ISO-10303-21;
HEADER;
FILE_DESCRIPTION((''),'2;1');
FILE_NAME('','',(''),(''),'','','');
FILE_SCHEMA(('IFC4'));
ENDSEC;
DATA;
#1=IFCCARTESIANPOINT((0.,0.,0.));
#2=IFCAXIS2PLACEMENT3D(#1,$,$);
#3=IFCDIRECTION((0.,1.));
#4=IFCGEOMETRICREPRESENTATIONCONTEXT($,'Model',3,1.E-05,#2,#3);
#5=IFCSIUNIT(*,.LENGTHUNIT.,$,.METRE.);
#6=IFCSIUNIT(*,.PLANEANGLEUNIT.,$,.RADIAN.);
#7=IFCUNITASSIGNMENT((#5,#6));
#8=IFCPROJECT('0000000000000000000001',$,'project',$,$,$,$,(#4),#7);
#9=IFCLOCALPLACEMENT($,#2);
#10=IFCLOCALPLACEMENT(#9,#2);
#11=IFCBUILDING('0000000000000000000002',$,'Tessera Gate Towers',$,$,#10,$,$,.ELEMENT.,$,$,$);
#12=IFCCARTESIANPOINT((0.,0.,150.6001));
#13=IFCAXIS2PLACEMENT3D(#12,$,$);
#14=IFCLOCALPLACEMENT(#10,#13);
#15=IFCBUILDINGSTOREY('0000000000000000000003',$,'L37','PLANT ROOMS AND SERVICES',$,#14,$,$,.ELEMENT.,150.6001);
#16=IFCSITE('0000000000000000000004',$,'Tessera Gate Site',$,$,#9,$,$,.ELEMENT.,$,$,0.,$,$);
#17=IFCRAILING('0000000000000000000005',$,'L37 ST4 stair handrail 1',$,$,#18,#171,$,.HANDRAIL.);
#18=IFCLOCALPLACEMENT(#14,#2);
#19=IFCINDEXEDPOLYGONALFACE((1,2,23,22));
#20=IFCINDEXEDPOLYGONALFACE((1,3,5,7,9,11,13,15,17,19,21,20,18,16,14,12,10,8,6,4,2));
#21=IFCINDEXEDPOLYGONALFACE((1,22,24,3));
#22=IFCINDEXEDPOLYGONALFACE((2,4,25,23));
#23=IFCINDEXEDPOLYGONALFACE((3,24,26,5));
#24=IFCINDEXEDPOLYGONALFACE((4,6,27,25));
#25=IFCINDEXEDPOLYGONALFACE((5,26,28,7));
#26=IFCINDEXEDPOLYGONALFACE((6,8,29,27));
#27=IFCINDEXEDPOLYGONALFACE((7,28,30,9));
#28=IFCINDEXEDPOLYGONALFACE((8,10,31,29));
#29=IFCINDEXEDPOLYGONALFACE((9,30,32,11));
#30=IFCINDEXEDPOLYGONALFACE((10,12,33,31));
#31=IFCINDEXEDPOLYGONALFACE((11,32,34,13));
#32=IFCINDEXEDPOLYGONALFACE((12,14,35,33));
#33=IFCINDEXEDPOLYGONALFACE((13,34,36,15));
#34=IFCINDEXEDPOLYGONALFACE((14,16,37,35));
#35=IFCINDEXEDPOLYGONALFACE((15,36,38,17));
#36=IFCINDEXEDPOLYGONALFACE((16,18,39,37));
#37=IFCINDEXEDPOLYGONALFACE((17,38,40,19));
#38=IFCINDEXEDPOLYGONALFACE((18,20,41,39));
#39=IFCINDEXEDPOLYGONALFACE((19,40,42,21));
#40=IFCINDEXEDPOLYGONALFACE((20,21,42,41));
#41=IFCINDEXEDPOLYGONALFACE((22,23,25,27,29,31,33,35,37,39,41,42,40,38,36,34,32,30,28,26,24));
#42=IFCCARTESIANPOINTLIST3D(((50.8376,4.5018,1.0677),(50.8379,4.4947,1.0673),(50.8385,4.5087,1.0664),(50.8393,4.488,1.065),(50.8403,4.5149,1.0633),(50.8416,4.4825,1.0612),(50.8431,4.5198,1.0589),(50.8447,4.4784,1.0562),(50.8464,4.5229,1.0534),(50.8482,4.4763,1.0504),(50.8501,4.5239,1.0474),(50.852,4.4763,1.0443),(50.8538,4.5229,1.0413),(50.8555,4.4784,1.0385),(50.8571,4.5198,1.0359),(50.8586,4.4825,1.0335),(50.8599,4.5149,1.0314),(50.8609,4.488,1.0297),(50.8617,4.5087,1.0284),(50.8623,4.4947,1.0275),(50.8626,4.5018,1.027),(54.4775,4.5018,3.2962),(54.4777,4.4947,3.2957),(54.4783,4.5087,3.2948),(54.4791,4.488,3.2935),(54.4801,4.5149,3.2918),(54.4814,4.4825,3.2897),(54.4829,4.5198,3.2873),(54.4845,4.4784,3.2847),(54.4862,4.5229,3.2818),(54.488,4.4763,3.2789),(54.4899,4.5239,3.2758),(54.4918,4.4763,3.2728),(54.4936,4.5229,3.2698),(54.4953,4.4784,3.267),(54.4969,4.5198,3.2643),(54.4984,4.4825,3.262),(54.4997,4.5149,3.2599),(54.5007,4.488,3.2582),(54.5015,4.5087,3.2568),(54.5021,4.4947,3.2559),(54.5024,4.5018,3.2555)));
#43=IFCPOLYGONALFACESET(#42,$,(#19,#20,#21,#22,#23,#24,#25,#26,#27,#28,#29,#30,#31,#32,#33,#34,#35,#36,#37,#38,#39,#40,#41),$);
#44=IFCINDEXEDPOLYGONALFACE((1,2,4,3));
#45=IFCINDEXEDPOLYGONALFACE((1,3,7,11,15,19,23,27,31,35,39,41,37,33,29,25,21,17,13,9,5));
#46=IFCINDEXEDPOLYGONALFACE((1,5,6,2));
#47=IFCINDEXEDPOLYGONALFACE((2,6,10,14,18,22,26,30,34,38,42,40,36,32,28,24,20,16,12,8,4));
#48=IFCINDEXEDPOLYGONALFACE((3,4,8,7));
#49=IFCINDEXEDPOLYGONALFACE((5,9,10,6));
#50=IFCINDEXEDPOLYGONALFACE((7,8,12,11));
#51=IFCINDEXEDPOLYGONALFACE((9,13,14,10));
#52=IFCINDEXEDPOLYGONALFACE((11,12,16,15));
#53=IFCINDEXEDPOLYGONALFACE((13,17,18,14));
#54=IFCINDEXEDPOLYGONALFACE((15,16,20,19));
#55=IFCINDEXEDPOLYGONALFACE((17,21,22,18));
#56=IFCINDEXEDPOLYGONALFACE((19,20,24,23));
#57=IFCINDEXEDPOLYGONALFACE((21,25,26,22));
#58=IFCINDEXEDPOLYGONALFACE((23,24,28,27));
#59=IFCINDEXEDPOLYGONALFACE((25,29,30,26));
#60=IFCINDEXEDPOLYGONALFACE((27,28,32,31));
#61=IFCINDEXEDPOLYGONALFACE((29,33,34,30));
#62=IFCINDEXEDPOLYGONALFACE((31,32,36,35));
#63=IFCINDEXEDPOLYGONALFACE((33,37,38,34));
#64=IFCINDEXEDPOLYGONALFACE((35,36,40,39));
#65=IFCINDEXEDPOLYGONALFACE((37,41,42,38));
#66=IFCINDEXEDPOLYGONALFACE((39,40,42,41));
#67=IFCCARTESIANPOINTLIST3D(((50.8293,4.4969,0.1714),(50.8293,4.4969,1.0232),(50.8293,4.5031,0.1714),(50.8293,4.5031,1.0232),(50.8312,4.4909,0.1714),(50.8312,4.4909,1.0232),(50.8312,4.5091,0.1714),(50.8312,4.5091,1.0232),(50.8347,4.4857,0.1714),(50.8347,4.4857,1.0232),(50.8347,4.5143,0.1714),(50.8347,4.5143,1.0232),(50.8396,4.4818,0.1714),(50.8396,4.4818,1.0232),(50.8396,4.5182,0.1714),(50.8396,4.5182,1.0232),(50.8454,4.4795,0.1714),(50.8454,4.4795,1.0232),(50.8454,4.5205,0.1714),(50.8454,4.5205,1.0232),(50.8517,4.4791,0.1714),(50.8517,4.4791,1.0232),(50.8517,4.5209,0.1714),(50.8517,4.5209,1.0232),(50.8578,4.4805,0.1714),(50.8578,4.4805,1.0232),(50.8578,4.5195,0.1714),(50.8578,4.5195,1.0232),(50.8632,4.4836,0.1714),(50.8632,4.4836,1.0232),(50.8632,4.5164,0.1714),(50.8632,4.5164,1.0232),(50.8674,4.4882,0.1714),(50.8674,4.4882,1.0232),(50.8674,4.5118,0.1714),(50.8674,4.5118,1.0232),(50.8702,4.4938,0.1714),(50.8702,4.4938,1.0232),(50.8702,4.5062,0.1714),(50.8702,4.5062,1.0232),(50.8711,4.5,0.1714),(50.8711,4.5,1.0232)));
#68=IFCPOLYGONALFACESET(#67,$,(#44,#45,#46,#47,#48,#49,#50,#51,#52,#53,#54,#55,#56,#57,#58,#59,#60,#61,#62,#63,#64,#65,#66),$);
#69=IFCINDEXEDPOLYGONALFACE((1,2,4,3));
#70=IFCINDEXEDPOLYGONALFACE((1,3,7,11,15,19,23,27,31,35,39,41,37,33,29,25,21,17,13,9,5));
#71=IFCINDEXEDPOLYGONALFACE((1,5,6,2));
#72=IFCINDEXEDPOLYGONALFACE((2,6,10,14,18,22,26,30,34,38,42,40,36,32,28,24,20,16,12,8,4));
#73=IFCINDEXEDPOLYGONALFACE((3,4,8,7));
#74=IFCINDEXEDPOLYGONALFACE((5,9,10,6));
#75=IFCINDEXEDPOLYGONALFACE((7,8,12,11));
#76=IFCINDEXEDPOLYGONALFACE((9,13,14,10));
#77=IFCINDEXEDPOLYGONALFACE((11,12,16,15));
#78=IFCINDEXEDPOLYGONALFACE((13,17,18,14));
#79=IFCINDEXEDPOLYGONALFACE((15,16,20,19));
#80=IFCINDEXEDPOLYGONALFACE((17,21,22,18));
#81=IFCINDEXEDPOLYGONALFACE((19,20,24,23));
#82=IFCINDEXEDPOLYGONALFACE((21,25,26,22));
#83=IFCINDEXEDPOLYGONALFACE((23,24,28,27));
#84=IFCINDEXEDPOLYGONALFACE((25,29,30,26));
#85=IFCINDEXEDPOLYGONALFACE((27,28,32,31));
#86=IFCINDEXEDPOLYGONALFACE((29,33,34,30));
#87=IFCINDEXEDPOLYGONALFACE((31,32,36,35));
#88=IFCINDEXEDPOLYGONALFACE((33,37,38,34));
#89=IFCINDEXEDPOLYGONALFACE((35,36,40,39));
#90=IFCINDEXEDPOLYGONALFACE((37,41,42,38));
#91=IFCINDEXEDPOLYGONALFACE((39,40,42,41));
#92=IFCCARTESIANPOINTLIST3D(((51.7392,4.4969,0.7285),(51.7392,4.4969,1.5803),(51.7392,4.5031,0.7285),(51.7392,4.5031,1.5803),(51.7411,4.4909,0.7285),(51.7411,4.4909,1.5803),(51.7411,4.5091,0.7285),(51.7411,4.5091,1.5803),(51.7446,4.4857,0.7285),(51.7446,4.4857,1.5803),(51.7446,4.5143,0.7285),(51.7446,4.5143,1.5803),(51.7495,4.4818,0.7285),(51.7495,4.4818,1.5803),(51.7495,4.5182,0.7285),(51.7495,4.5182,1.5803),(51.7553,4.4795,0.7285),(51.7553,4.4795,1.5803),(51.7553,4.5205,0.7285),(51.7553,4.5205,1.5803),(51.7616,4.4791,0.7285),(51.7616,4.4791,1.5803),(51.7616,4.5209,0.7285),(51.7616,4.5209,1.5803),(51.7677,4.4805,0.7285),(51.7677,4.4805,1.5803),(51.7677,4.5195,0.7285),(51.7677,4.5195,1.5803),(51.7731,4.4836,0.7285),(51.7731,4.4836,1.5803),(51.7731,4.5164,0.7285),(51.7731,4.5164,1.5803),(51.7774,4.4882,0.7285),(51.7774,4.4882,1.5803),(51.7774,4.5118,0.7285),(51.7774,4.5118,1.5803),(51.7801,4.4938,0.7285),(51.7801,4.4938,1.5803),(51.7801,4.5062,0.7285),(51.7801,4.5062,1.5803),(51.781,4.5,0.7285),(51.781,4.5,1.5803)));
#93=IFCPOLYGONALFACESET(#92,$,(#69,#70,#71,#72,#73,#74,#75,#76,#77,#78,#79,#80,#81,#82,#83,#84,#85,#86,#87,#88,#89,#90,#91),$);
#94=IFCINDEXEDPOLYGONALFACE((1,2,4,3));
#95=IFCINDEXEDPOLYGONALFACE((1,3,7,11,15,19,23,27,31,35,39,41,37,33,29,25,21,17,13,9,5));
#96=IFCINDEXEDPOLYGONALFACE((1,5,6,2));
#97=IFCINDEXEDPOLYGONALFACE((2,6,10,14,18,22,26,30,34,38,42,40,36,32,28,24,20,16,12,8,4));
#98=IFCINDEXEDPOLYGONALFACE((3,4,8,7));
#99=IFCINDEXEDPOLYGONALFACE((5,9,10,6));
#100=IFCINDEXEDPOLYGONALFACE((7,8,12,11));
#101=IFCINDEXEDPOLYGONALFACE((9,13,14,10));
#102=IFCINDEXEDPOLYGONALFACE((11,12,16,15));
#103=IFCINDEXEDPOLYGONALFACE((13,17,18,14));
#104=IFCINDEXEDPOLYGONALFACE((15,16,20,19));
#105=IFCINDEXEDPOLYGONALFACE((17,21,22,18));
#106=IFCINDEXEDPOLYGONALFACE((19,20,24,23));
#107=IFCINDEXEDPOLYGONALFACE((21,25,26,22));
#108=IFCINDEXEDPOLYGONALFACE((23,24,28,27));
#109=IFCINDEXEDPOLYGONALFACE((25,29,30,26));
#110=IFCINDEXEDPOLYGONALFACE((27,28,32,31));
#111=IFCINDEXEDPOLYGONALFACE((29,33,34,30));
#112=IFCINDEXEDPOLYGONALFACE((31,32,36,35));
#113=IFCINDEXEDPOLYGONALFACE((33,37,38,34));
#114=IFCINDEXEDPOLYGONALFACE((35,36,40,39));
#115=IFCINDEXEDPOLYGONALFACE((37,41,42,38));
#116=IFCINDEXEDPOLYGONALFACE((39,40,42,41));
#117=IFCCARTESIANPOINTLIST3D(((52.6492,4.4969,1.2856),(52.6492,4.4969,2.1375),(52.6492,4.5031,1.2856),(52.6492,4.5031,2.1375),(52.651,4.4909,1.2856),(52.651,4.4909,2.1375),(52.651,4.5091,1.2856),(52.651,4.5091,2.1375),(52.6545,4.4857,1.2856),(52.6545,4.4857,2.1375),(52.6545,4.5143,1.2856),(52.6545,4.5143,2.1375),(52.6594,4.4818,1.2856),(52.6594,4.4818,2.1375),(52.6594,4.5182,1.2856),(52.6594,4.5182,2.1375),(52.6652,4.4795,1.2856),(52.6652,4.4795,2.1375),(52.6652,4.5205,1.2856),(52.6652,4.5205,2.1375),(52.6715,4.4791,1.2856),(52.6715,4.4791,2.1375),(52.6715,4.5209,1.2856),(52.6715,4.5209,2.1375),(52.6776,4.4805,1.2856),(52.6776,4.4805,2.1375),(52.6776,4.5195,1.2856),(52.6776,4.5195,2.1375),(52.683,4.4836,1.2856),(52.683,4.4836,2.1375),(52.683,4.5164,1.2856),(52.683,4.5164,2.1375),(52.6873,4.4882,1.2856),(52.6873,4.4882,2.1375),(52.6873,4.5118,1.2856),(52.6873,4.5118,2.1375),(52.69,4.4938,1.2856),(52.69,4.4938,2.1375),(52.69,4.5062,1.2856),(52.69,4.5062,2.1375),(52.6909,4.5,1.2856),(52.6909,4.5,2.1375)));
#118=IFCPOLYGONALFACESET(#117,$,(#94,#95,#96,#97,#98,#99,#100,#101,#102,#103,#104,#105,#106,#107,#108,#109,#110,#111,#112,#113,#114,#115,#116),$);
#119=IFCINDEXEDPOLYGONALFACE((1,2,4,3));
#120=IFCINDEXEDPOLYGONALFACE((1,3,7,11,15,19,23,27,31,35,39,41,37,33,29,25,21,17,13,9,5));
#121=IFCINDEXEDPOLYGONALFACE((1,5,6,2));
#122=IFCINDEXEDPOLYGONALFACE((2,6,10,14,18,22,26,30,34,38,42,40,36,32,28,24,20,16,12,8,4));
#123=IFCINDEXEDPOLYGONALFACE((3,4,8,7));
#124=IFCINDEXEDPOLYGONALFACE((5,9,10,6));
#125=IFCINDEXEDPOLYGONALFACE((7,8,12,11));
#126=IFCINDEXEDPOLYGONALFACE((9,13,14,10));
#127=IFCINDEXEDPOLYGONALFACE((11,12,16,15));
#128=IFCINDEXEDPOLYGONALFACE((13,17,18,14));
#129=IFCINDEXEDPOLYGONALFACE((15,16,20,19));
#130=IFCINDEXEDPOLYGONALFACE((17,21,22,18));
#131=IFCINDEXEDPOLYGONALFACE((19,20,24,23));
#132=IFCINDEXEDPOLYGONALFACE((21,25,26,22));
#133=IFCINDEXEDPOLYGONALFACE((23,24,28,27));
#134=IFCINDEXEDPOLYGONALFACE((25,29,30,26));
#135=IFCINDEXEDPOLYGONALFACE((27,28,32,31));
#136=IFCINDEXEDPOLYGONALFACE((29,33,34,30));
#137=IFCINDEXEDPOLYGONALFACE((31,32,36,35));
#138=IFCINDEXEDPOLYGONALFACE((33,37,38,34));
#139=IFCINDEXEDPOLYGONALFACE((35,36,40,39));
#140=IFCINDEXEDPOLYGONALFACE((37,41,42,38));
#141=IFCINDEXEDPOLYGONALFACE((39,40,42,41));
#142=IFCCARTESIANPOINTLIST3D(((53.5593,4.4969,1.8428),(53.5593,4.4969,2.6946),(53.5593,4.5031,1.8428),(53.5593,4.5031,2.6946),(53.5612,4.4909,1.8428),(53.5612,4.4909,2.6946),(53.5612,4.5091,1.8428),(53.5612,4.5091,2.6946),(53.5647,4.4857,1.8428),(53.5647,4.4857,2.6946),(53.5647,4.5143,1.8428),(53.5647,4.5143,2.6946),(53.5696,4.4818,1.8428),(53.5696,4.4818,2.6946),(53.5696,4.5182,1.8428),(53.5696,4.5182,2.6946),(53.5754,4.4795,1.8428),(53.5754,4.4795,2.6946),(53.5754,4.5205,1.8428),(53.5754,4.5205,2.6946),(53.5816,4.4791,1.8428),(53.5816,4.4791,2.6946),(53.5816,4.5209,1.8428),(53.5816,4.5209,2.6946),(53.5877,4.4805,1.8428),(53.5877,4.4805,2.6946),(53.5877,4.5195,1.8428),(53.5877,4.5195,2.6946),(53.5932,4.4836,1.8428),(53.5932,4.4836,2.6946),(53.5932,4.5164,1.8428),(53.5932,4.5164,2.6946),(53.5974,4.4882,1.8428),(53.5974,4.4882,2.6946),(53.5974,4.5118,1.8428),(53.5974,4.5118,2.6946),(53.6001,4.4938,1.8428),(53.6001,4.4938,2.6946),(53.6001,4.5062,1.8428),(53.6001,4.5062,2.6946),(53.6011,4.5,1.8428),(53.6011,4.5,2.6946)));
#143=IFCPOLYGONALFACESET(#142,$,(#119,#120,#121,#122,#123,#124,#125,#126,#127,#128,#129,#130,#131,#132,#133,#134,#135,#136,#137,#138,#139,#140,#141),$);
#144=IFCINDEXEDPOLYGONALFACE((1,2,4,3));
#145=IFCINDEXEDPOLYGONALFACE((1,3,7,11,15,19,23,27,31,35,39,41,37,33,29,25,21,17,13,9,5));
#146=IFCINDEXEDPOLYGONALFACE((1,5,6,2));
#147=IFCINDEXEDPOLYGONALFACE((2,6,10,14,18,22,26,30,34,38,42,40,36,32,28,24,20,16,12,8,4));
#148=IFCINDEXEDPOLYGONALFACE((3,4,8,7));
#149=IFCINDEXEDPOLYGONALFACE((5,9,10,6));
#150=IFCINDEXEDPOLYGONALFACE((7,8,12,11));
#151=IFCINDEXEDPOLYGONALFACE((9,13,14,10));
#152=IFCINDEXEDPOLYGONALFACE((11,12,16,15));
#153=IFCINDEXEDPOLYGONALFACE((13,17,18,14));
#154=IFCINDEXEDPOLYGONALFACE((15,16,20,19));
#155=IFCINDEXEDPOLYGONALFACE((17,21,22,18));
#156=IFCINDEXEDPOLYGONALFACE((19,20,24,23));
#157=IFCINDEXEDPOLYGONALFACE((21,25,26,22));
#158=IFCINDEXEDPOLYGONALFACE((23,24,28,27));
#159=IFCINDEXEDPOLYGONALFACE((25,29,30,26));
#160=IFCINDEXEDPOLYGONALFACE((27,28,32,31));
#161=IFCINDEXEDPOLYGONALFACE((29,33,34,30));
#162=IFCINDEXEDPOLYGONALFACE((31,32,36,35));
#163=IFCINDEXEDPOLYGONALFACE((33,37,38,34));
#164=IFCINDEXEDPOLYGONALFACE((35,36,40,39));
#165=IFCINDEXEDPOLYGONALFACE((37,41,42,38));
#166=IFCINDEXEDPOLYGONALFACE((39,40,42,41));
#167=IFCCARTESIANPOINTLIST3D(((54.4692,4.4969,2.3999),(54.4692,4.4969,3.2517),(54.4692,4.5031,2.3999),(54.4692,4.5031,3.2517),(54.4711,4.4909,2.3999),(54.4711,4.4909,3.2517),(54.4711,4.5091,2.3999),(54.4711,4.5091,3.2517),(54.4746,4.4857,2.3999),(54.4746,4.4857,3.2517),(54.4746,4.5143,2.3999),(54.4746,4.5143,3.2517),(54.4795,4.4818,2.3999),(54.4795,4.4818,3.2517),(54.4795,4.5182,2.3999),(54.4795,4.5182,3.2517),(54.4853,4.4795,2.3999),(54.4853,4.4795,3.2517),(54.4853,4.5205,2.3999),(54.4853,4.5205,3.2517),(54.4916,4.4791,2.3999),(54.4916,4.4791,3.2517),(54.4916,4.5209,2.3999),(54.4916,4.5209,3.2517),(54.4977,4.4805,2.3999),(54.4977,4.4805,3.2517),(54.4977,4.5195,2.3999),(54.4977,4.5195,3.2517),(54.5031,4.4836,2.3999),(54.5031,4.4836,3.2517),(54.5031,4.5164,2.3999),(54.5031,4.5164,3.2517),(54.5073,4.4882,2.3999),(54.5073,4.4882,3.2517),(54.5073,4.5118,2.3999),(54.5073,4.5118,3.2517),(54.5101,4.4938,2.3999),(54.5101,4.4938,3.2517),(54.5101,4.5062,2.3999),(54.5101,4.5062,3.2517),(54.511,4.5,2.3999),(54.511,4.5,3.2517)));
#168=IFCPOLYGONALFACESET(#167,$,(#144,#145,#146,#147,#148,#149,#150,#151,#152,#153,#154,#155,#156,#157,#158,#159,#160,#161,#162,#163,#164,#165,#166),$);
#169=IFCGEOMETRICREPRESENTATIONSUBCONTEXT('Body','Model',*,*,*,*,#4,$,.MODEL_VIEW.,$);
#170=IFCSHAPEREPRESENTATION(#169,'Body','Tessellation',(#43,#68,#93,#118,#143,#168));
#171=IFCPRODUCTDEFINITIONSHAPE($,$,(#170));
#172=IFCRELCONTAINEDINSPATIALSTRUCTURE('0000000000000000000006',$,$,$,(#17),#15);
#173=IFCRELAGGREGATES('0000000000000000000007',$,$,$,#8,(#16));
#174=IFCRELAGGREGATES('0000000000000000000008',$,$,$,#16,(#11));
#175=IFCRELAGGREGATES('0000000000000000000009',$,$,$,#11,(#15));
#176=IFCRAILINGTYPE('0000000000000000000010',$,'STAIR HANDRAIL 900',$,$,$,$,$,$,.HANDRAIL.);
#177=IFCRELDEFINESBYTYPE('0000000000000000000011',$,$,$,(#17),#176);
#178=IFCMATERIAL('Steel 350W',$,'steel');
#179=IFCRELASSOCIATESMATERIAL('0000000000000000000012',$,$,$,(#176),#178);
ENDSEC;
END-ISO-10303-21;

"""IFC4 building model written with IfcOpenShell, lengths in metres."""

from ifc_helpers import new_model, si_unit, direction, frame, origin, origin_2d, place, context, subcontext, project, spatial, circle, extrude, material, type_object, element, save


model = new_model("IFC4")

# Units and contexts
model_context = context("Model", 3, precision=1e-05, world=origin(), true_north=direction((0.0, 1.0)))
body_context = subcontext(model_context, "Body", "Model", "MODEL_VIEW")
ifc_project = project(units=[si_unit("LENGTHUNIT", "METRE"), si_unit("PLANEANGLEUNIT", "RADIAN")], contexts=[model_context])

# Site, building, storey
site_placement = place(None, origin())
site = spatial("IfcSite", under=ifc_project, at=site_placement, Name="Tessera Gate Site", CompositionType="ELEMENT", RefElevation=0.0)
building_placement = place(site_placement, origin())
building = spatial("IfcBuilding", under=site, at=building_placement, Name="Tessera Gate Towers", CompositionType="ELEMENT")
storey_placement = place(building_placement, frame((0.0, 0.0, 150.6001)))
storey = spatial("IfcBuildingStorey", under=building, at=storey_placement, Name="L37", Description="PLANT ROOMS AND SERVICES", CompositionType="ELEMENT", Elevation=150.6001)

# Railing
ifc_material_1 = material(Name="Steel 350W", Category="steel")
railing_type_1 = type_object("IfcRailingType", Name="STAIR HANDRAIL 900", PredefinedType="HANDRAIL", material=ifc_material_1)
railing_1_placement = place(storey_placement, frame((50.8501, 4.5, 0.1714)))
element("IfcRailing", 1, at=railing_1_placement, inside=storey, type_object=railing_type_1, Name="L37 ST4 stair handrail 1", PredefinedType="HANDRAIL", context=body_context, shape_type="SweptSolid", body=[
    extrude(circle(Radius=0.0239, at=origin_2d()), frame((0.0, 0.0, 0.876), z_axis=(0.85285, 0.0, 0.522156), x_axis=(0.0, 1.0, 0.0)), (0.0, 0.0, 1.0), 4.2678),
    extrude(circle(Radius=0.021, at=origin_2d()), origin(), (0.0, 0.0, 1.0), 0.8518),
    extrude(circle(Radius=0.021, at=origin_2d()), frame((0.9099, 0.0, 0.5571)), (0.0, 0.0, 1.0), 0.8518),
    extrude(circle(Radius=0.021, at=origin_2d()), frame((1.8198, 0.0, 1.1143)), (0.0, 0.0, 1.0), 0.8518),
    extrude(circle(Radius=0.021, at=origin_2d()), frame((2.73, 0.0, 1.6714)), (0.0, 0.0, 1.0), 0.8518),
    extrude(circle(Radius=0.021, at=origin_2d()), frame((3.6399, 0.0, 2.2285)), (0.0, 0.0, 1.0), 0.8518),
])

save(model, "model.ifc")
